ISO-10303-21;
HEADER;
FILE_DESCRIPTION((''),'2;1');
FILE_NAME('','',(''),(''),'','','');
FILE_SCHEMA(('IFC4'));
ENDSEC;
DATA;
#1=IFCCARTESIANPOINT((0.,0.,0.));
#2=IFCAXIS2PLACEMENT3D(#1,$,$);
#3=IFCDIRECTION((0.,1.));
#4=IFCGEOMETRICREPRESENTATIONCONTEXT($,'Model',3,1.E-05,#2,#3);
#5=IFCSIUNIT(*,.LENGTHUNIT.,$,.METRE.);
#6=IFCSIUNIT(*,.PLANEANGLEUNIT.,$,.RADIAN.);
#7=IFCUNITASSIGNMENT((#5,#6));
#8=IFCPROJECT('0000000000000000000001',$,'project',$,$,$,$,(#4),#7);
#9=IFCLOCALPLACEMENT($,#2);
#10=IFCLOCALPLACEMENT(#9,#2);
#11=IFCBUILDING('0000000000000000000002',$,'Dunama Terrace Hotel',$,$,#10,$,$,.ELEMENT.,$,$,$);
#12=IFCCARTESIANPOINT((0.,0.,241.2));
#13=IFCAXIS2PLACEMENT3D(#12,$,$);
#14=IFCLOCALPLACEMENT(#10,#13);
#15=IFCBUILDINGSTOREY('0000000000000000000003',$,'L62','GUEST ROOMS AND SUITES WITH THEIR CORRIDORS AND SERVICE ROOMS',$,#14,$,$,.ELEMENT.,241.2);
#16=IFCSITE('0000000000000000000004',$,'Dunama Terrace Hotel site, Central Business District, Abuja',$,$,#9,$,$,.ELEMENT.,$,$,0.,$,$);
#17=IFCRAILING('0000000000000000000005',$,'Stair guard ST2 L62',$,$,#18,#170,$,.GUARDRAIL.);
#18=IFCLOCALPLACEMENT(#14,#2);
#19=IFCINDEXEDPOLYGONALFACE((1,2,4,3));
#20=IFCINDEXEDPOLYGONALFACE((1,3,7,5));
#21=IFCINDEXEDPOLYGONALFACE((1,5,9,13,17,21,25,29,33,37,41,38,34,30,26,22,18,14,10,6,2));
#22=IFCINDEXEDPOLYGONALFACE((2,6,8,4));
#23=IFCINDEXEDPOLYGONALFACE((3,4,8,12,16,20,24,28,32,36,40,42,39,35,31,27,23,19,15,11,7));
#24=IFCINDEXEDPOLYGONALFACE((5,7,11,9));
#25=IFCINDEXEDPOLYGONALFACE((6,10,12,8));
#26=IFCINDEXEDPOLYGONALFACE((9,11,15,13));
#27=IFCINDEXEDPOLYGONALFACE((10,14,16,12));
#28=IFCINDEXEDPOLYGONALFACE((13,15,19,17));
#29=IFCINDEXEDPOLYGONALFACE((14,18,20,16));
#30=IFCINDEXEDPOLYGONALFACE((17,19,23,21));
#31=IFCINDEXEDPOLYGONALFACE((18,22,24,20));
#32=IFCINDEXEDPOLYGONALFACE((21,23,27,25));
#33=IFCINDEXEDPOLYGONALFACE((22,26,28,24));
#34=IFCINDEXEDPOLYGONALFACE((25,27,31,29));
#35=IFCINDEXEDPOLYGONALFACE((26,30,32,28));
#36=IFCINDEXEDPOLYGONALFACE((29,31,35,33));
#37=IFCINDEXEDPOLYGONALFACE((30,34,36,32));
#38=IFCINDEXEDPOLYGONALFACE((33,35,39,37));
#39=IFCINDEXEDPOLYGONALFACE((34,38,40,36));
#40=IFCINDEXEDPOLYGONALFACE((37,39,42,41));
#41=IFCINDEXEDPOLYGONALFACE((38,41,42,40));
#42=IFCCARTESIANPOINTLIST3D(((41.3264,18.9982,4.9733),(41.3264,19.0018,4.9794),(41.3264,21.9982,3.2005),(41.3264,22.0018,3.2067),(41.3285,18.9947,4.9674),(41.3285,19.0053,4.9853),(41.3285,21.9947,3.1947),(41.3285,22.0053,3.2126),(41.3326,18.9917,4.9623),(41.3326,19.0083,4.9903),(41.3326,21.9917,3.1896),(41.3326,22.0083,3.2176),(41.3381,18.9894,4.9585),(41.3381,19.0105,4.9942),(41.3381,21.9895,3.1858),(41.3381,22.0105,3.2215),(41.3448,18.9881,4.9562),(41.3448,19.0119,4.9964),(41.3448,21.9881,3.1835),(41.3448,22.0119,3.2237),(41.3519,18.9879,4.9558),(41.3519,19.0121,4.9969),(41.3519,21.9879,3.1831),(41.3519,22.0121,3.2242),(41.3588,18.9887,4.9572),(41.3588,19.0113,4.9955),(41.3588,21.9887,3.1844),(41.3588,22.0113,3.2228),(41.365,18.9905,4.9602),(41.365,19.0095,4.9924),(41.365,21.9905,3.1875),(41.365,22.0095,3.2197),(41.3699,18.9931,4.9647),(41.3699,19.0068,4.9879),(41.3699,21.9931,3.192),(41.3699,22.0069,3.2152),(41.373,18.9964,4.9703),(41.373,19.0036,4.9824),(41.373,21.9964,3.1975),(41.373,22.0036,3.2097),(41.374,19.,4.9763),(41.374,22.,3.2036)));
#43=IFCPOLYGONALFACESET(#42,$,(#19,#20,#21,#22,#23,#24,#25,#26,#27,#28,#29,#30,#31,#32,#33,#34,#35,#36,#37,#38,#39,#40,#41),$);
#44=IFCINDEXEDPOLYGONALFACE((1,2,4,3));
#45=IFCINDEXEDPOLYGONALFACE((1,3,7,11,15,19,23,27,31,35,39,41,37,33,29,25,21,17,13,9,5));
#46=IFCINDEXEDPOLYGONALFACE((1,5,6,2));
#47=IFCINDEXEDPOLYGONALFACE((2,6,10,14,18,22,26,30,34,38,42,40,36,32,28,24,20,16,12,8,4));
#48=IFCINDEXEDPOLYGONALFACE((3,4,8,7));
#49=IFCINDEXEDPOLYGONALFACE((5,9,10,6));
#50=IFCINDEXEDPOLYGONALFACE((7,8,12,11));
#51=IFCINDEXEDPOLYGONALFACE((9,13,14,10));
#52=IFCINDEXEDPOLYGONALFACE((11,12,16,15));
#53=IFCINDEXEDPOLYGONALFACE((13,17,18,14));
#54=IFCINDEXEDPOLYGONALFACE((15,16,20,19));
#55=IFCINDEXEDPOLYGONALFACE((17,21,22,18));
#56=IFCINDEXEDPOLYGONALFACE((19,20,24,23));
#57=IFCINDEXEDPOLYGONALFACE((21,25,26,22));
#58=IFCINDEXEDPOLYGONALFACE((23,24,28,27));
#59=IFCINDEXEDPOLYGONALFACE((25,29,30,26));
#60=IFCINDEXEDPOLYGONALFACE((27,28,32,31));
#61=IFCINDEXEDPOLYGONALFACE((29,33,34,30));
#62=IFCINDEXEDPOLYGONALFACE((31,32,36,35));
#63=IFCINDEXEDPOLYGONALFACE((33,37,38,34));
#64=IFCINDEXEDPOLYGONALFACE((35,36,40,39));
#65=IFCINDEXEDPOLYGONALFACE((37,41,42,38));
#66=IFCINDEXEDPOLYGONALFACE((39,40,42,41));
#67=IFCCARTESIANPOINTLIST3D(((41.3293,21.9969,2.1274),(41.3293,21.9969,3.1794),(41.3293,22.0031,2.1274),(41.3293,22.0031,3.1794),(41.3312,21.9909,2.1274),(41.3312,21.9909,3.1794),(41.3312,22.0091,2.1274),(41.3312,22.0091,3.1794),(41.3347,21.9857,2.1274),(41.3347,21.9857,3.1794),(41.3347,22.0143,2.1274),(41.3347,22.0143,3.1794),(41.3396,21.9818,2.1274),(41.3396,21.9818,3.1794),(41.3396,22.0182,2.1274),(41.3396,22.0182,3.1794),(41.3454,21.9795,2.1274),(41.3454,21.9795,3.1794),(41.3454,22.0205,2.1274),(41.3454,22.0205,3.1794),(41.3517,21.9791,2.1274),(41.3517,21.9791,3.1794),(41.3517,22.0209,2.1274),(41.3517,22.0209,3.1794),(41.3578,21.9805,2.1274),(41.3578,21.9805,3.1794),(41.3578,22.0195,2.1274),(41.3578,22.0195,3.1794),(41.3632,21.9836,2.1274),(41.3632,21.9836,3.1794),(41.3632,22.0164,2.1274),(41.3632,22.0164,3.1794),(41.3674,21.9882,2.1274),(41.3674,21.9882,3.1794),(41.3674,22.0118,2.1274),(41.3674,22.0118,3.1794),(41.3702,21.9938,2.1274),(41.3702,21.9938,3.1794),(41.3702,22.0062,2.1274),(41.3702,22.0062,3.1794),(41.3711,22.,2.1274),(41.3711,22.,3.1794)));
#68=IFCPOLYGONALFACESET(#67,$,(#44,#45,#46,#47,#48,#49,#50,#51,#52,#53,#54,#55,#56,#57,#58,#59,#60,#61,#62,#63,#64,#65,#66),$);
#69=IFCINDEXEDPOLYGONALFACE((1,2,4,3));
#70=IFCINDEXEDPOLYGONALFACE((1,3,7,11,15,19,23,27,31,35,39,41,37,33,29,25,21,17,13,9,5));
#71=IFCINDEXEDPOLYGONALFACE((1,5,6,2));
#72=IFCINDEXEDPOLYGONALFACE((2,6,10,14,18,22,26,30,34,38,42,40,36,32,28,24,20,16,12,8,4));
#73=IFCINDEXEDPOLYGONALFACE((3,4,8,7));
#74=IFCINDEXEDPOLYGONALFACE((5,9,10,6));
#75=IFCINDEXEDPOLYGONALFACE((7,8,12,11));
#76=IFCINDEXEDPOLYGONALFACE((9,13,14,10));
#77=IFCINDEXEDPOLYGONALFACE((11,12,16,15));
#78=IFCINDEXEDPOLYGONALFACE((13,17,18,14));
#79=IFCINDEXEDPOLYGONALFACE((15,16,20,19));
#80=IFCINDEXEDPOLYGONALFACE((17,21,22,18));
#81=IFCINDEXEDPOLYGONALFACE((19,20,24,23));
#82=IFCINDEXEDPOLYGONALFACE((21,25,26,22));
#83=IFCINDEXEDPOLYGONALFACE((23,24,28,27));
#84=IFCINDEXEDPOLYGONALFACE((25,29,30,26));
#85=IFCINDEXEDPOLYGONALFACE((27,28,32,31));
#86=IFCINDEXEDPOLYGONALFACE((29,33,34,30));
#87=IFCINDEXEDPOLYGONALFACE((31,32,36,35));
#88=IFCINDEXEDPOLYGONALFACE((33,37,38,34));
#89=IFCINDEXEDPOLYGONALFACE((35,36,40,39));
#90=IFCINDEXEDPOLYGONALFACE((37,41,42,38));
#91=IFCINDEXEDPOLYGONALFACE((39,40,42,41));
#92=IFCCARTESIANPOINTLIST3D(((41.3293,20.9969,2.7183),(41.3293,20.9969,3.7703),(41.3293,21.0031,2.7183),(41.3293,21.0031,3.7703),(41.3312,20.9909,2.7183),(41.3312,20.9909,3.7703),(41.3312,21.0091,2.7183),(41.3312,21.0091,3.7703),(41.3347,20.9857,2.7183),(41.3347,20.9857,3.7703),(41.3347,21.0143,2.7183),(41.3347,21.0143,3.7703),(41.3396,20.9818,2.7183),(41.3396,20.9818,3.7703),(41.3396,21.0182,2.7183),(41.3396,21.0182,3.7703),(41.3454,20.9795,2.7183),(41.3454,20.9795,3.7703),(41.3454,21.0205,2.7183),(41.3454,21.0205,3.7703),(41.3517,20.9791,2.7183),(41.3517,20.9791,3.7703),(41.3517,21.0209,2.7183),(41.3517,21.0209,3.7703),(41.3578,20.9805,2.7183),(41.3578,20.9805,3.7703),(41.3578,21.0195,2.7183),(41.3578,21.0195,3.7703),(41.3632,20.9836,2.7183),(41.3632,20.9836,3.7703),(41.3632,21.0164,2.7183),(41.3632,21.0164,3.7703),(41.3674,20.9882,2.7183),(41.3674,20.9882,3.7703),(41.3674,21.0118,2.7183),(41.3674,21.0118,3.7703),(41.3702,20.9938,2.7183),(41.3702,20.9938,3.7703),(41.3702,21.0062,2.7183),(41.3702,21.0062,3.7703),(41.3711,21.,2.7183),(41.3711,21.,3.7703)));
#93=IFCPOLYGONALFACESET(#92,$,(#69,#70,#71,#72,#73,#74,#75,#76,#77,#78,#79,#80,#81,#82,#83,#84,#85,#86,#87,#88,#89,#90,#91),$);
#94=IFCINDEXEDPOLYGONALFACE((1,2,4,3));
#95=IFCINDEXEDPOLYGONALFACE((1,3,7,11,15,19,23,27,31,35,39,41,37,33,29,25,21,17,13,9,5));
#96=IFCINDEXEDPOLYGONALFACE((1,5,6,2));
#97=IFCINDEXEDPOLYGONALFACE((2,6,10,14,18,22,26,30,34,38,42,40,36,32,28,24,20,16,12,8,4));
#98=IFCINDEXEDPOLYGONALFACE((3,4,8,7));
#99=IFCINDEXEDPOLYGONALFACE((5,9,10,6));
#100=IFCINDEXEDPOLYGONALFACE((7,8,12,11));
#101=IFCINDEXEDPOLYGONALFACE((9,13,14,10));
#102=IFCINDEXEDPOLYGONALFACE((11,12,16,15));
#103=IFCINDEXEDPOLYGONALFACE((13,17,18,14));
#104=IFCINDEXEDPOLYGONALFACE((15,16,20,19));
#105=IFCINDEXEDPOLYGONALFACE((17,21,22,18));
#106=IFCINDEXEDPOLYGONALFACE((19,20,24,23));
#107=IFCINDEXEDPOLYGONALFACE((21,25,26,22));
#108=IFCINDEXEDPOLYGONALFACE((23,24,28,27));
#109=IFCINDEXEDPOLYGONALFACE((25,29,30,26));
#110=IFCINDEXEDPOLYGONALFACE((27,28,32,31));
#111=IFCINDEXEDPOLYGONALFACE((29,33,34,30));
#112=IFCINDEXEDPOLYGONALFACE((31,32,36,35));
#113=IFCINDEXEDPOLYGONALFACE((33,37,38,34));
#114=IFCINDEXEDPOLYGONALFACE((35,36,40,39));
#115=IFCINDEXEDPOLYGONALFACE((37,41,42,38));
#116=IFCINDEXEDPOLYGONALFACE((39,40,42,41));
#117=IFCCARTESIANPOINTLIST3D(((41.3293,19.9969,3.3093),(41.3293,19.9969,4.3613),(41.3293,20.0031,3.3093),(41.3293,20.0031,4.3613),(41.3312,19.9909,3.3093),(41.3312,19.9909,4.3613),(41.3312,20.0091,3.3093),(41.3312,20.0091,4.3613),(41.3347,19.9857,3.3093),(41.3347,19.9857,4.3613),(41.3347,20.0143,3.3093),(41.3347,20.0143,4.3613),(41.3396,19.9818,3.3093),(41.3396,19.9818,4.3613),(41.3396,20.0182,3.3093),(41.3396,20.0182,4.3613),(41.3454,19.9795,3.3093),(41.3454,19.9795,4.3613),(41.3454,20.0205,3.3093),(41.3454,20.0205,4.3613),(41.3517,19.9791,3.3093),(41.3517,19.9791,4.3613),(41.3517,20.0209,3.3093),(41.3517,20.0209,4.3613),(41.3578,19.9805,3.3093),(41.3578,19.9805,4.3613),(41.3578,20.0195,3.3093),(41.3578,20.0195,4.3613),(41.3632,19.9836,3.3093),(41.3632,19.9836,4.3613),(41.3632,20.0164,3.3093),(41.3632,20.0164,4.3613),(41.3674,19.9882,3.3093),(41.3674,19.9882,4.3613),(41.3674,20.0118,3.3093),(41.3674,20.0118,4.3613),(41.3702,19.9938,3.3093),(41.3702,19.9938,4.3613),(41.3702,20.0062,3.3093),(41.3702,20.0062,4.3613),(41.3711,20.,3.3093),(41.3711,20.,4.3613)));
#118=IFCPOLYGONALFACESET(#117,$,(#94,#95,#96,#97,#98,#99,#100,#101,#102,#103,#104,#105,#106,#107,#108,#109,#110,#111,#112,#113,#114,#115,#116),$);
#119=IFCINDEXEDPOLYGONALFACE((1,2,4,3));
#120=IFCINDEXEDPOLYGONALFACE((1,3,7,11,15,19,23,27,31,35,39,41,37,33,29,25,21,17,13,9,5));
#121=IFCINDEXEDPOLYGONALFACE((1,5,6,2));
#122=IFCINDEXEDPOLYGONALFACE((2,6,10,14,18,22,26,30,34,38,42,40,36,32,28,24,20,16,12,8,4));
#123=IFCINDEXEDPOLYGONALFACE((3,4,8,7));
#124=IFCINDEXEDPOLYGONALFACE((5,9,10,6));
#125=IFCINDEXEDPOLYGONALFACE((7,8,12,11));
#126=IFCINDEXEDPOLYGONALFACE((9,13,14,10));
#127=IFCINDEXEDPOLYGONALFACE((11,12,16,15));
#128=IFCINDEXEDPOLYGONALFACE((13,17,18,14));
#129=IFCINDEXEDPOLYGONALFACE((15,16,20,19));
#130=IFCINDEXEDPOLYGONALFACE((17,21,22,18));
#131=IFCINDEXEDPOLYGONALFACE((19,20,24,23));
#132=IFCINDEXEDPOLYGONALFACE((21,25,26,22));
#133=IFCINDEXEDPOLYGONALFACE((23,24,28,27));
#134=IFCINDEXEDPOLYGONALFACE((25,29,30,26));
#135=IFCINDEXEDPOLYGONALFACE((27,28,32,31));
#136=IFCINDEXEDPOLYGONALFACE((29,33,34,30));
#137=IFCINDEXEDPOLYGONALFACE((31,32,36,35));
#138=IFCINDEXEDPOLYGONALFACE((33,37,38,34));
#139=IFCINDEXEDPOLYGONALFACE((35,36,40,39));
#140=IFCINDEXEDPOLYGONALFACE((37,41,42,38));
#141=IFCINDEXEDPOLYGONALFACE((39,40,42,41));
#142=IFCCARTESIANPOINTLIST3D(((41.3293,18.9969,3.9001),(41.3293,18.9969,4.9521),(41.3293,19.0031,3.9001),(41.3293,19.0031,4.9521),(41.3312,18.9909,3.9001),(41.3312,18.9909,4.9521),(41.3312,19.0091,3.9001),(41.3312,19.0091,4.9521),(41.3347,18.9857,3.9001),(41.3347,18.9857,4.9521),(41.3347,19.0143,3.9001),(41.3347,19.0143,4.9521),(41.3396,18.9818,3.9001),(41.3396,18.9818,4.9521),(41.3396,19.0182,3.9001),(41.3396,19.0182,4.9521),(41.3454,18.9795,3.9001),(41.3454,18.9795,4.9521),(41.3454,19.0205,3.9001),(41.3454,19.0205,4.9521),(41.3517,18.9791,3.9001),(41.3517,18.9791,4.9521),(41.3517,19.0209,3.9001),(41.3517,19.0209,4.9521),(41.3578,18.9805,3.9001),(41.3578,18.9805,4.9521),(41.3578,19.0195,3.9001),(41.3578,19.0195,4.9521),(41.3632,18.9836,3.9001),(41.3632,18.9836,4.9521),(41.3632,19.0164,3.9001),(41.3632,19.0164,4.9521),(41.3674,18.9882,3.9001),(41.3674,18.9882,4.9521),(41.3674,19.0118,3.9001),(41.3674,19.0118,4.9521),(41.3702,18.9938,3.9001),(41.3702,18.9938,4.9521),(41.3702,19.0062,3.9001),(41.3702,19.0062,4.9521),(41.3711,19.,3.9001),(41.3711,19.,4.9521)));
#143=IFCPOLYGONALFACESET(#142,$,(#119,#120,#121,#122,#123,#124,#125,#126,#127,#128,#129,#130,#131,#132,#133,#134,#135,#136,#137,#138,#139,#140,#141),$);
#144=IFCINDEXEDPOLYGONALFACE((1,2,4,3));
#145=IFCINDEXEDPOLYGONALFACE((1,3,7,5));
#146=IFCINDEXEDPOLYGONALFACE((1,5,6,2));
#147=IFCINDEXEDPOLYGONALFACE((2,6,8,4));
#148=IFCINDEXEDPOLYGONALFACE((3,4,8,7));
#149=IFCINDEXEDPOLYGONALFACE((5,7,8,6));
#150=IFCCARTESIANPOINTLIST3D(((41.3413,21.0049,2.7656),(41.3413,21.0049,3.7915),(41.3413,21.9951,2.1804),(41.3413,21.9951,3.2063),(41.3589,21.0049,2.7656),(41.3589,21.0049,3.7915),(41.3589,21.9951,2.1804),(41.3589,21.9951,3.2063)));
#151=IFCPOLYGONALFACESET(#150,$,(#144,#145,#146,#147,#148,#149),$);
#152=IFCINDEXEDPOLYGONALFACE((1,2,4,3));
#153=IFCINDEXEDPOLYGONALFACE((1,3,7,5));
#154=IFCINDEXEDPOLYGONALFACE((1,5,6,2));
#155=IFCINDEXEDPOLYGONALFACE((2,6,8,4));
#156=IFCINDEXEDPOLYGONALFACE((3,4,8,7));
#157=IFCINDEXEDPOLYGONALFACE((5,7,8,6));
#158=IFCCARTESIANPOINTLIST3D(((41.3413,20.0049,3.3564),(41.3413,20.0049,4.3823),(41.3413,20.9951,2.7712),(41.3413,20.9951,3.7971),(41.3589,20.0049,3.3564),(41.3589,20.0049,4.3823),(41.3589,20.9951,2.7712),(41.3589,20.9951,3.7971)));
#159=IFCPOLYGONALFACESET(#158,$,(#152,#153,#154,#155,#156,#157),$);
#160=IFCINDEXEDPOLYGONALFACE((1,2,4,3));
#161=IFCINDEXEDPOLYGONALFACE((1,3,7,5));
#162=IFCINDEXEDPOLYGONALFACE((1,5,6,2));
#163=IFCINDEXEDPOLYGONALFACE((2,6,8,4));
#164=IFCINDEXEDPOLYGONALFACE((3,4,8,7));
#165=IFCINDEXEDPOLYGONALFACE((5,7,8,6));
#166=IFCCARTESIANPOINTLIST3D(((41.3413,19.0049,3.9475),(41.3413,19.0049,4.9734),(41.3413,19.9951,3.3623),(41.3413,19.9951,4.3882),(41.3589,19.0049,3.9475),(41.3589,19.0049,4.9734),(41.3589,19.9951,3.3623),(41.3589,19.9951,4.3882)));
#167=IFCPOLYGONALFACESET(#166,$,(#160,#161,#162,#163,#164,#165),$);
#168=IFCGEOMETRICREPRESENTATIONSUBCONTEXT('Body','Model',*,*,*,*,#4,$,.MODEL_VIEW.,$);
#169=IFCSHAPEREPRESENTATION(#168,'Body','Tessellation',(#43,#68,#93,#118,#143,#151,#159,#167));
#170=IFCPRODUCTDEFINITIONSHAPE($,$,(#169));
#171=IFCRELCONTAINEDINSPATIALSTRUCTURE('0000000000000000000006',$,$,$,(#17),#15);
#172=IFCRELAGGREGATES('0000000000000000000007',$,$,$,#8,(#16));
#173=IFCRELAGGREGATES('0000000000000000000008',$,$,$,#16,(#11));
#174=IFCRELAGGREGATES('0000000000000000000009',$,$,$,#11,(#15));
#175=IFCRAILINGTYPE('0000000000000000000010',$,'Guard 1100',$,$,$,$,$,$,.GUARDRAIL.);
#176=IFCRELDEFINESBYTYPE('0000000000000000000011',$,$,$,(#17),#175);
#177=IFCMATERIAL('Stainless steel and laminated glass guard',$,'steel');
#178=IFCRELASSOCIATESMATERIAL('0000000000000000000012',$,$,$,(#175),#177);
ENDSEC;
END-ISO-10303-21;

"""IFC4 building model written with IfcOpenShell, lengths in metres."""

from ifc_helpers import new_model, si_unit, direction, frame, origin, origin_2d, place, context, subcontext, project, spatial, polyline, circle, outline, extrude, material, type_object, element, save


model = new_model("IFC4")

# Units and contexts
model_context = context("Model", 3, precision=1e-05, world=origin(), true_north=direction((0.0, 1.0)))
body_context = subcontext(model_context, "Body", "Model", "MODEL_VIEW")
ifc_project = project(units=[si_unit("LENGTHUNIT", "METRE"), si_unit("PLANEANGLEUNIT", "RADIAN")], contexts=[model_context])

# Site, building, storey
site_placement = place(None, origin())
site = spatial("IfcSite", under=ifc_project, at=site_placement, Name="Dunama Terrace Hotel site, Central Business District, Abuja", CompositionType="ELEMENT", RefElevation=0.0)
building_placement = place(site_placement, origin())
building = spatial("IfcBuilding", under=site, at=building_placement, Name="Dunama Terrace Hotel", CompositionType="ELEMENT")
storey_placement = place(building_placement, frame((0.0, 0.0, 241.2)))
storey = spatial("IfcBuildingStorey", under=building, at=storey_placement, Name="L62", Description="GUEST ROOMS AND SUITES WITH THEIR CORRIDORS AND SERVICE ROOMS", CompositionType="ELEMENT", Elevation=241.2)

# Railing
ifc_material_1 = material(Name="Stainless steel and laminated glass guard", Category="steel")
railing_type_1 = type_object("IfcRailingType", Name="Guard 1100", PredefinedType="GUARDRAIL", material=ifc_material_1)
railing_1_placement = place(storey_placement, frame((41.3501, 22.0, 2.1274)))
element("IfcRailing", 1, at=railing_1_placement, inside=storey, type_object=railing_type_1, Name="Stair guard ST2 L62", PredefinedType="GUARDRAIL", context=body_context, shape_type="SweptSolid", body=[
    extrude(circle(Radius=0.0239, at=origin_2d()), frame((0.0, 0.0, 1.0762), z_axis=(0.0, -0.860929, 0.508725), x_axis=(1.0, 0.0, 0.0)), (0.0, 0.0, 1.0), 3.4846),
    extrude(circle(Radius=0.021, at=origin_2d()), origin(), (0.0, 0.0, 1.0), 1.052),
    extrude(circle(Radius=0.021, at=origin_2d()), frame((0.0, -1.0, 0.5908)), (0.0, 0.0, 1.0), 1.052),
    extrude(circle(Radius=0.021, at=origin_2d()), frame((0.0, -2.0, 1.1819)), (0.0, 0.0, 1.0), 1.052),
    extrude(circle(Radius=0.021, at=origin_2d()), frame((0.0, -3.0, 1.7727)), (0.0, 0.0, 1.0), 1.052),
    extrude(outline(polyline([(0.0049, 0.053), (0.9951, 0.6382), (0.9951, 1.6641), (0.0049, 1.0789), (0.0049, 0.053)])), frame((0.0088, 0.0, 0.0), z_axis=(-1.0, 0.0, 0.0), x_axis=(0.0, -1.0, 0.0)), (0.0, 0.0, 1.0), 0.0176),
    extrude(outline(polyline([(0.0049, 0.053), (0.9951, 0.6382), (0.9951, 1.6641), (0.0049, 1.0789), (0.0049, 0.053)])), frame((0.0088, -1.0, 0.5908), z_axis=(-1.0, 0.0, 0.0), x_axis=(0.0, -1.0, 0.0)), (0.0, 0.0, 1.0), 0.0176),
    extrude(outline(polyline([(0.0049, 0.053), (0.9951, 0.6382), (0.9951, 1.6641), (0.0049, 1.0789), (0.0049, 0.053)])), frame((0.0088, -2.0, 1.1819), z_axis=(-1.0, 0.0, 0.0), x_axis=(0.0, -1.0, 0.0)), (0.0, 0.0, 1.0), 0.0176),
])

save(model, "model.ifc")
